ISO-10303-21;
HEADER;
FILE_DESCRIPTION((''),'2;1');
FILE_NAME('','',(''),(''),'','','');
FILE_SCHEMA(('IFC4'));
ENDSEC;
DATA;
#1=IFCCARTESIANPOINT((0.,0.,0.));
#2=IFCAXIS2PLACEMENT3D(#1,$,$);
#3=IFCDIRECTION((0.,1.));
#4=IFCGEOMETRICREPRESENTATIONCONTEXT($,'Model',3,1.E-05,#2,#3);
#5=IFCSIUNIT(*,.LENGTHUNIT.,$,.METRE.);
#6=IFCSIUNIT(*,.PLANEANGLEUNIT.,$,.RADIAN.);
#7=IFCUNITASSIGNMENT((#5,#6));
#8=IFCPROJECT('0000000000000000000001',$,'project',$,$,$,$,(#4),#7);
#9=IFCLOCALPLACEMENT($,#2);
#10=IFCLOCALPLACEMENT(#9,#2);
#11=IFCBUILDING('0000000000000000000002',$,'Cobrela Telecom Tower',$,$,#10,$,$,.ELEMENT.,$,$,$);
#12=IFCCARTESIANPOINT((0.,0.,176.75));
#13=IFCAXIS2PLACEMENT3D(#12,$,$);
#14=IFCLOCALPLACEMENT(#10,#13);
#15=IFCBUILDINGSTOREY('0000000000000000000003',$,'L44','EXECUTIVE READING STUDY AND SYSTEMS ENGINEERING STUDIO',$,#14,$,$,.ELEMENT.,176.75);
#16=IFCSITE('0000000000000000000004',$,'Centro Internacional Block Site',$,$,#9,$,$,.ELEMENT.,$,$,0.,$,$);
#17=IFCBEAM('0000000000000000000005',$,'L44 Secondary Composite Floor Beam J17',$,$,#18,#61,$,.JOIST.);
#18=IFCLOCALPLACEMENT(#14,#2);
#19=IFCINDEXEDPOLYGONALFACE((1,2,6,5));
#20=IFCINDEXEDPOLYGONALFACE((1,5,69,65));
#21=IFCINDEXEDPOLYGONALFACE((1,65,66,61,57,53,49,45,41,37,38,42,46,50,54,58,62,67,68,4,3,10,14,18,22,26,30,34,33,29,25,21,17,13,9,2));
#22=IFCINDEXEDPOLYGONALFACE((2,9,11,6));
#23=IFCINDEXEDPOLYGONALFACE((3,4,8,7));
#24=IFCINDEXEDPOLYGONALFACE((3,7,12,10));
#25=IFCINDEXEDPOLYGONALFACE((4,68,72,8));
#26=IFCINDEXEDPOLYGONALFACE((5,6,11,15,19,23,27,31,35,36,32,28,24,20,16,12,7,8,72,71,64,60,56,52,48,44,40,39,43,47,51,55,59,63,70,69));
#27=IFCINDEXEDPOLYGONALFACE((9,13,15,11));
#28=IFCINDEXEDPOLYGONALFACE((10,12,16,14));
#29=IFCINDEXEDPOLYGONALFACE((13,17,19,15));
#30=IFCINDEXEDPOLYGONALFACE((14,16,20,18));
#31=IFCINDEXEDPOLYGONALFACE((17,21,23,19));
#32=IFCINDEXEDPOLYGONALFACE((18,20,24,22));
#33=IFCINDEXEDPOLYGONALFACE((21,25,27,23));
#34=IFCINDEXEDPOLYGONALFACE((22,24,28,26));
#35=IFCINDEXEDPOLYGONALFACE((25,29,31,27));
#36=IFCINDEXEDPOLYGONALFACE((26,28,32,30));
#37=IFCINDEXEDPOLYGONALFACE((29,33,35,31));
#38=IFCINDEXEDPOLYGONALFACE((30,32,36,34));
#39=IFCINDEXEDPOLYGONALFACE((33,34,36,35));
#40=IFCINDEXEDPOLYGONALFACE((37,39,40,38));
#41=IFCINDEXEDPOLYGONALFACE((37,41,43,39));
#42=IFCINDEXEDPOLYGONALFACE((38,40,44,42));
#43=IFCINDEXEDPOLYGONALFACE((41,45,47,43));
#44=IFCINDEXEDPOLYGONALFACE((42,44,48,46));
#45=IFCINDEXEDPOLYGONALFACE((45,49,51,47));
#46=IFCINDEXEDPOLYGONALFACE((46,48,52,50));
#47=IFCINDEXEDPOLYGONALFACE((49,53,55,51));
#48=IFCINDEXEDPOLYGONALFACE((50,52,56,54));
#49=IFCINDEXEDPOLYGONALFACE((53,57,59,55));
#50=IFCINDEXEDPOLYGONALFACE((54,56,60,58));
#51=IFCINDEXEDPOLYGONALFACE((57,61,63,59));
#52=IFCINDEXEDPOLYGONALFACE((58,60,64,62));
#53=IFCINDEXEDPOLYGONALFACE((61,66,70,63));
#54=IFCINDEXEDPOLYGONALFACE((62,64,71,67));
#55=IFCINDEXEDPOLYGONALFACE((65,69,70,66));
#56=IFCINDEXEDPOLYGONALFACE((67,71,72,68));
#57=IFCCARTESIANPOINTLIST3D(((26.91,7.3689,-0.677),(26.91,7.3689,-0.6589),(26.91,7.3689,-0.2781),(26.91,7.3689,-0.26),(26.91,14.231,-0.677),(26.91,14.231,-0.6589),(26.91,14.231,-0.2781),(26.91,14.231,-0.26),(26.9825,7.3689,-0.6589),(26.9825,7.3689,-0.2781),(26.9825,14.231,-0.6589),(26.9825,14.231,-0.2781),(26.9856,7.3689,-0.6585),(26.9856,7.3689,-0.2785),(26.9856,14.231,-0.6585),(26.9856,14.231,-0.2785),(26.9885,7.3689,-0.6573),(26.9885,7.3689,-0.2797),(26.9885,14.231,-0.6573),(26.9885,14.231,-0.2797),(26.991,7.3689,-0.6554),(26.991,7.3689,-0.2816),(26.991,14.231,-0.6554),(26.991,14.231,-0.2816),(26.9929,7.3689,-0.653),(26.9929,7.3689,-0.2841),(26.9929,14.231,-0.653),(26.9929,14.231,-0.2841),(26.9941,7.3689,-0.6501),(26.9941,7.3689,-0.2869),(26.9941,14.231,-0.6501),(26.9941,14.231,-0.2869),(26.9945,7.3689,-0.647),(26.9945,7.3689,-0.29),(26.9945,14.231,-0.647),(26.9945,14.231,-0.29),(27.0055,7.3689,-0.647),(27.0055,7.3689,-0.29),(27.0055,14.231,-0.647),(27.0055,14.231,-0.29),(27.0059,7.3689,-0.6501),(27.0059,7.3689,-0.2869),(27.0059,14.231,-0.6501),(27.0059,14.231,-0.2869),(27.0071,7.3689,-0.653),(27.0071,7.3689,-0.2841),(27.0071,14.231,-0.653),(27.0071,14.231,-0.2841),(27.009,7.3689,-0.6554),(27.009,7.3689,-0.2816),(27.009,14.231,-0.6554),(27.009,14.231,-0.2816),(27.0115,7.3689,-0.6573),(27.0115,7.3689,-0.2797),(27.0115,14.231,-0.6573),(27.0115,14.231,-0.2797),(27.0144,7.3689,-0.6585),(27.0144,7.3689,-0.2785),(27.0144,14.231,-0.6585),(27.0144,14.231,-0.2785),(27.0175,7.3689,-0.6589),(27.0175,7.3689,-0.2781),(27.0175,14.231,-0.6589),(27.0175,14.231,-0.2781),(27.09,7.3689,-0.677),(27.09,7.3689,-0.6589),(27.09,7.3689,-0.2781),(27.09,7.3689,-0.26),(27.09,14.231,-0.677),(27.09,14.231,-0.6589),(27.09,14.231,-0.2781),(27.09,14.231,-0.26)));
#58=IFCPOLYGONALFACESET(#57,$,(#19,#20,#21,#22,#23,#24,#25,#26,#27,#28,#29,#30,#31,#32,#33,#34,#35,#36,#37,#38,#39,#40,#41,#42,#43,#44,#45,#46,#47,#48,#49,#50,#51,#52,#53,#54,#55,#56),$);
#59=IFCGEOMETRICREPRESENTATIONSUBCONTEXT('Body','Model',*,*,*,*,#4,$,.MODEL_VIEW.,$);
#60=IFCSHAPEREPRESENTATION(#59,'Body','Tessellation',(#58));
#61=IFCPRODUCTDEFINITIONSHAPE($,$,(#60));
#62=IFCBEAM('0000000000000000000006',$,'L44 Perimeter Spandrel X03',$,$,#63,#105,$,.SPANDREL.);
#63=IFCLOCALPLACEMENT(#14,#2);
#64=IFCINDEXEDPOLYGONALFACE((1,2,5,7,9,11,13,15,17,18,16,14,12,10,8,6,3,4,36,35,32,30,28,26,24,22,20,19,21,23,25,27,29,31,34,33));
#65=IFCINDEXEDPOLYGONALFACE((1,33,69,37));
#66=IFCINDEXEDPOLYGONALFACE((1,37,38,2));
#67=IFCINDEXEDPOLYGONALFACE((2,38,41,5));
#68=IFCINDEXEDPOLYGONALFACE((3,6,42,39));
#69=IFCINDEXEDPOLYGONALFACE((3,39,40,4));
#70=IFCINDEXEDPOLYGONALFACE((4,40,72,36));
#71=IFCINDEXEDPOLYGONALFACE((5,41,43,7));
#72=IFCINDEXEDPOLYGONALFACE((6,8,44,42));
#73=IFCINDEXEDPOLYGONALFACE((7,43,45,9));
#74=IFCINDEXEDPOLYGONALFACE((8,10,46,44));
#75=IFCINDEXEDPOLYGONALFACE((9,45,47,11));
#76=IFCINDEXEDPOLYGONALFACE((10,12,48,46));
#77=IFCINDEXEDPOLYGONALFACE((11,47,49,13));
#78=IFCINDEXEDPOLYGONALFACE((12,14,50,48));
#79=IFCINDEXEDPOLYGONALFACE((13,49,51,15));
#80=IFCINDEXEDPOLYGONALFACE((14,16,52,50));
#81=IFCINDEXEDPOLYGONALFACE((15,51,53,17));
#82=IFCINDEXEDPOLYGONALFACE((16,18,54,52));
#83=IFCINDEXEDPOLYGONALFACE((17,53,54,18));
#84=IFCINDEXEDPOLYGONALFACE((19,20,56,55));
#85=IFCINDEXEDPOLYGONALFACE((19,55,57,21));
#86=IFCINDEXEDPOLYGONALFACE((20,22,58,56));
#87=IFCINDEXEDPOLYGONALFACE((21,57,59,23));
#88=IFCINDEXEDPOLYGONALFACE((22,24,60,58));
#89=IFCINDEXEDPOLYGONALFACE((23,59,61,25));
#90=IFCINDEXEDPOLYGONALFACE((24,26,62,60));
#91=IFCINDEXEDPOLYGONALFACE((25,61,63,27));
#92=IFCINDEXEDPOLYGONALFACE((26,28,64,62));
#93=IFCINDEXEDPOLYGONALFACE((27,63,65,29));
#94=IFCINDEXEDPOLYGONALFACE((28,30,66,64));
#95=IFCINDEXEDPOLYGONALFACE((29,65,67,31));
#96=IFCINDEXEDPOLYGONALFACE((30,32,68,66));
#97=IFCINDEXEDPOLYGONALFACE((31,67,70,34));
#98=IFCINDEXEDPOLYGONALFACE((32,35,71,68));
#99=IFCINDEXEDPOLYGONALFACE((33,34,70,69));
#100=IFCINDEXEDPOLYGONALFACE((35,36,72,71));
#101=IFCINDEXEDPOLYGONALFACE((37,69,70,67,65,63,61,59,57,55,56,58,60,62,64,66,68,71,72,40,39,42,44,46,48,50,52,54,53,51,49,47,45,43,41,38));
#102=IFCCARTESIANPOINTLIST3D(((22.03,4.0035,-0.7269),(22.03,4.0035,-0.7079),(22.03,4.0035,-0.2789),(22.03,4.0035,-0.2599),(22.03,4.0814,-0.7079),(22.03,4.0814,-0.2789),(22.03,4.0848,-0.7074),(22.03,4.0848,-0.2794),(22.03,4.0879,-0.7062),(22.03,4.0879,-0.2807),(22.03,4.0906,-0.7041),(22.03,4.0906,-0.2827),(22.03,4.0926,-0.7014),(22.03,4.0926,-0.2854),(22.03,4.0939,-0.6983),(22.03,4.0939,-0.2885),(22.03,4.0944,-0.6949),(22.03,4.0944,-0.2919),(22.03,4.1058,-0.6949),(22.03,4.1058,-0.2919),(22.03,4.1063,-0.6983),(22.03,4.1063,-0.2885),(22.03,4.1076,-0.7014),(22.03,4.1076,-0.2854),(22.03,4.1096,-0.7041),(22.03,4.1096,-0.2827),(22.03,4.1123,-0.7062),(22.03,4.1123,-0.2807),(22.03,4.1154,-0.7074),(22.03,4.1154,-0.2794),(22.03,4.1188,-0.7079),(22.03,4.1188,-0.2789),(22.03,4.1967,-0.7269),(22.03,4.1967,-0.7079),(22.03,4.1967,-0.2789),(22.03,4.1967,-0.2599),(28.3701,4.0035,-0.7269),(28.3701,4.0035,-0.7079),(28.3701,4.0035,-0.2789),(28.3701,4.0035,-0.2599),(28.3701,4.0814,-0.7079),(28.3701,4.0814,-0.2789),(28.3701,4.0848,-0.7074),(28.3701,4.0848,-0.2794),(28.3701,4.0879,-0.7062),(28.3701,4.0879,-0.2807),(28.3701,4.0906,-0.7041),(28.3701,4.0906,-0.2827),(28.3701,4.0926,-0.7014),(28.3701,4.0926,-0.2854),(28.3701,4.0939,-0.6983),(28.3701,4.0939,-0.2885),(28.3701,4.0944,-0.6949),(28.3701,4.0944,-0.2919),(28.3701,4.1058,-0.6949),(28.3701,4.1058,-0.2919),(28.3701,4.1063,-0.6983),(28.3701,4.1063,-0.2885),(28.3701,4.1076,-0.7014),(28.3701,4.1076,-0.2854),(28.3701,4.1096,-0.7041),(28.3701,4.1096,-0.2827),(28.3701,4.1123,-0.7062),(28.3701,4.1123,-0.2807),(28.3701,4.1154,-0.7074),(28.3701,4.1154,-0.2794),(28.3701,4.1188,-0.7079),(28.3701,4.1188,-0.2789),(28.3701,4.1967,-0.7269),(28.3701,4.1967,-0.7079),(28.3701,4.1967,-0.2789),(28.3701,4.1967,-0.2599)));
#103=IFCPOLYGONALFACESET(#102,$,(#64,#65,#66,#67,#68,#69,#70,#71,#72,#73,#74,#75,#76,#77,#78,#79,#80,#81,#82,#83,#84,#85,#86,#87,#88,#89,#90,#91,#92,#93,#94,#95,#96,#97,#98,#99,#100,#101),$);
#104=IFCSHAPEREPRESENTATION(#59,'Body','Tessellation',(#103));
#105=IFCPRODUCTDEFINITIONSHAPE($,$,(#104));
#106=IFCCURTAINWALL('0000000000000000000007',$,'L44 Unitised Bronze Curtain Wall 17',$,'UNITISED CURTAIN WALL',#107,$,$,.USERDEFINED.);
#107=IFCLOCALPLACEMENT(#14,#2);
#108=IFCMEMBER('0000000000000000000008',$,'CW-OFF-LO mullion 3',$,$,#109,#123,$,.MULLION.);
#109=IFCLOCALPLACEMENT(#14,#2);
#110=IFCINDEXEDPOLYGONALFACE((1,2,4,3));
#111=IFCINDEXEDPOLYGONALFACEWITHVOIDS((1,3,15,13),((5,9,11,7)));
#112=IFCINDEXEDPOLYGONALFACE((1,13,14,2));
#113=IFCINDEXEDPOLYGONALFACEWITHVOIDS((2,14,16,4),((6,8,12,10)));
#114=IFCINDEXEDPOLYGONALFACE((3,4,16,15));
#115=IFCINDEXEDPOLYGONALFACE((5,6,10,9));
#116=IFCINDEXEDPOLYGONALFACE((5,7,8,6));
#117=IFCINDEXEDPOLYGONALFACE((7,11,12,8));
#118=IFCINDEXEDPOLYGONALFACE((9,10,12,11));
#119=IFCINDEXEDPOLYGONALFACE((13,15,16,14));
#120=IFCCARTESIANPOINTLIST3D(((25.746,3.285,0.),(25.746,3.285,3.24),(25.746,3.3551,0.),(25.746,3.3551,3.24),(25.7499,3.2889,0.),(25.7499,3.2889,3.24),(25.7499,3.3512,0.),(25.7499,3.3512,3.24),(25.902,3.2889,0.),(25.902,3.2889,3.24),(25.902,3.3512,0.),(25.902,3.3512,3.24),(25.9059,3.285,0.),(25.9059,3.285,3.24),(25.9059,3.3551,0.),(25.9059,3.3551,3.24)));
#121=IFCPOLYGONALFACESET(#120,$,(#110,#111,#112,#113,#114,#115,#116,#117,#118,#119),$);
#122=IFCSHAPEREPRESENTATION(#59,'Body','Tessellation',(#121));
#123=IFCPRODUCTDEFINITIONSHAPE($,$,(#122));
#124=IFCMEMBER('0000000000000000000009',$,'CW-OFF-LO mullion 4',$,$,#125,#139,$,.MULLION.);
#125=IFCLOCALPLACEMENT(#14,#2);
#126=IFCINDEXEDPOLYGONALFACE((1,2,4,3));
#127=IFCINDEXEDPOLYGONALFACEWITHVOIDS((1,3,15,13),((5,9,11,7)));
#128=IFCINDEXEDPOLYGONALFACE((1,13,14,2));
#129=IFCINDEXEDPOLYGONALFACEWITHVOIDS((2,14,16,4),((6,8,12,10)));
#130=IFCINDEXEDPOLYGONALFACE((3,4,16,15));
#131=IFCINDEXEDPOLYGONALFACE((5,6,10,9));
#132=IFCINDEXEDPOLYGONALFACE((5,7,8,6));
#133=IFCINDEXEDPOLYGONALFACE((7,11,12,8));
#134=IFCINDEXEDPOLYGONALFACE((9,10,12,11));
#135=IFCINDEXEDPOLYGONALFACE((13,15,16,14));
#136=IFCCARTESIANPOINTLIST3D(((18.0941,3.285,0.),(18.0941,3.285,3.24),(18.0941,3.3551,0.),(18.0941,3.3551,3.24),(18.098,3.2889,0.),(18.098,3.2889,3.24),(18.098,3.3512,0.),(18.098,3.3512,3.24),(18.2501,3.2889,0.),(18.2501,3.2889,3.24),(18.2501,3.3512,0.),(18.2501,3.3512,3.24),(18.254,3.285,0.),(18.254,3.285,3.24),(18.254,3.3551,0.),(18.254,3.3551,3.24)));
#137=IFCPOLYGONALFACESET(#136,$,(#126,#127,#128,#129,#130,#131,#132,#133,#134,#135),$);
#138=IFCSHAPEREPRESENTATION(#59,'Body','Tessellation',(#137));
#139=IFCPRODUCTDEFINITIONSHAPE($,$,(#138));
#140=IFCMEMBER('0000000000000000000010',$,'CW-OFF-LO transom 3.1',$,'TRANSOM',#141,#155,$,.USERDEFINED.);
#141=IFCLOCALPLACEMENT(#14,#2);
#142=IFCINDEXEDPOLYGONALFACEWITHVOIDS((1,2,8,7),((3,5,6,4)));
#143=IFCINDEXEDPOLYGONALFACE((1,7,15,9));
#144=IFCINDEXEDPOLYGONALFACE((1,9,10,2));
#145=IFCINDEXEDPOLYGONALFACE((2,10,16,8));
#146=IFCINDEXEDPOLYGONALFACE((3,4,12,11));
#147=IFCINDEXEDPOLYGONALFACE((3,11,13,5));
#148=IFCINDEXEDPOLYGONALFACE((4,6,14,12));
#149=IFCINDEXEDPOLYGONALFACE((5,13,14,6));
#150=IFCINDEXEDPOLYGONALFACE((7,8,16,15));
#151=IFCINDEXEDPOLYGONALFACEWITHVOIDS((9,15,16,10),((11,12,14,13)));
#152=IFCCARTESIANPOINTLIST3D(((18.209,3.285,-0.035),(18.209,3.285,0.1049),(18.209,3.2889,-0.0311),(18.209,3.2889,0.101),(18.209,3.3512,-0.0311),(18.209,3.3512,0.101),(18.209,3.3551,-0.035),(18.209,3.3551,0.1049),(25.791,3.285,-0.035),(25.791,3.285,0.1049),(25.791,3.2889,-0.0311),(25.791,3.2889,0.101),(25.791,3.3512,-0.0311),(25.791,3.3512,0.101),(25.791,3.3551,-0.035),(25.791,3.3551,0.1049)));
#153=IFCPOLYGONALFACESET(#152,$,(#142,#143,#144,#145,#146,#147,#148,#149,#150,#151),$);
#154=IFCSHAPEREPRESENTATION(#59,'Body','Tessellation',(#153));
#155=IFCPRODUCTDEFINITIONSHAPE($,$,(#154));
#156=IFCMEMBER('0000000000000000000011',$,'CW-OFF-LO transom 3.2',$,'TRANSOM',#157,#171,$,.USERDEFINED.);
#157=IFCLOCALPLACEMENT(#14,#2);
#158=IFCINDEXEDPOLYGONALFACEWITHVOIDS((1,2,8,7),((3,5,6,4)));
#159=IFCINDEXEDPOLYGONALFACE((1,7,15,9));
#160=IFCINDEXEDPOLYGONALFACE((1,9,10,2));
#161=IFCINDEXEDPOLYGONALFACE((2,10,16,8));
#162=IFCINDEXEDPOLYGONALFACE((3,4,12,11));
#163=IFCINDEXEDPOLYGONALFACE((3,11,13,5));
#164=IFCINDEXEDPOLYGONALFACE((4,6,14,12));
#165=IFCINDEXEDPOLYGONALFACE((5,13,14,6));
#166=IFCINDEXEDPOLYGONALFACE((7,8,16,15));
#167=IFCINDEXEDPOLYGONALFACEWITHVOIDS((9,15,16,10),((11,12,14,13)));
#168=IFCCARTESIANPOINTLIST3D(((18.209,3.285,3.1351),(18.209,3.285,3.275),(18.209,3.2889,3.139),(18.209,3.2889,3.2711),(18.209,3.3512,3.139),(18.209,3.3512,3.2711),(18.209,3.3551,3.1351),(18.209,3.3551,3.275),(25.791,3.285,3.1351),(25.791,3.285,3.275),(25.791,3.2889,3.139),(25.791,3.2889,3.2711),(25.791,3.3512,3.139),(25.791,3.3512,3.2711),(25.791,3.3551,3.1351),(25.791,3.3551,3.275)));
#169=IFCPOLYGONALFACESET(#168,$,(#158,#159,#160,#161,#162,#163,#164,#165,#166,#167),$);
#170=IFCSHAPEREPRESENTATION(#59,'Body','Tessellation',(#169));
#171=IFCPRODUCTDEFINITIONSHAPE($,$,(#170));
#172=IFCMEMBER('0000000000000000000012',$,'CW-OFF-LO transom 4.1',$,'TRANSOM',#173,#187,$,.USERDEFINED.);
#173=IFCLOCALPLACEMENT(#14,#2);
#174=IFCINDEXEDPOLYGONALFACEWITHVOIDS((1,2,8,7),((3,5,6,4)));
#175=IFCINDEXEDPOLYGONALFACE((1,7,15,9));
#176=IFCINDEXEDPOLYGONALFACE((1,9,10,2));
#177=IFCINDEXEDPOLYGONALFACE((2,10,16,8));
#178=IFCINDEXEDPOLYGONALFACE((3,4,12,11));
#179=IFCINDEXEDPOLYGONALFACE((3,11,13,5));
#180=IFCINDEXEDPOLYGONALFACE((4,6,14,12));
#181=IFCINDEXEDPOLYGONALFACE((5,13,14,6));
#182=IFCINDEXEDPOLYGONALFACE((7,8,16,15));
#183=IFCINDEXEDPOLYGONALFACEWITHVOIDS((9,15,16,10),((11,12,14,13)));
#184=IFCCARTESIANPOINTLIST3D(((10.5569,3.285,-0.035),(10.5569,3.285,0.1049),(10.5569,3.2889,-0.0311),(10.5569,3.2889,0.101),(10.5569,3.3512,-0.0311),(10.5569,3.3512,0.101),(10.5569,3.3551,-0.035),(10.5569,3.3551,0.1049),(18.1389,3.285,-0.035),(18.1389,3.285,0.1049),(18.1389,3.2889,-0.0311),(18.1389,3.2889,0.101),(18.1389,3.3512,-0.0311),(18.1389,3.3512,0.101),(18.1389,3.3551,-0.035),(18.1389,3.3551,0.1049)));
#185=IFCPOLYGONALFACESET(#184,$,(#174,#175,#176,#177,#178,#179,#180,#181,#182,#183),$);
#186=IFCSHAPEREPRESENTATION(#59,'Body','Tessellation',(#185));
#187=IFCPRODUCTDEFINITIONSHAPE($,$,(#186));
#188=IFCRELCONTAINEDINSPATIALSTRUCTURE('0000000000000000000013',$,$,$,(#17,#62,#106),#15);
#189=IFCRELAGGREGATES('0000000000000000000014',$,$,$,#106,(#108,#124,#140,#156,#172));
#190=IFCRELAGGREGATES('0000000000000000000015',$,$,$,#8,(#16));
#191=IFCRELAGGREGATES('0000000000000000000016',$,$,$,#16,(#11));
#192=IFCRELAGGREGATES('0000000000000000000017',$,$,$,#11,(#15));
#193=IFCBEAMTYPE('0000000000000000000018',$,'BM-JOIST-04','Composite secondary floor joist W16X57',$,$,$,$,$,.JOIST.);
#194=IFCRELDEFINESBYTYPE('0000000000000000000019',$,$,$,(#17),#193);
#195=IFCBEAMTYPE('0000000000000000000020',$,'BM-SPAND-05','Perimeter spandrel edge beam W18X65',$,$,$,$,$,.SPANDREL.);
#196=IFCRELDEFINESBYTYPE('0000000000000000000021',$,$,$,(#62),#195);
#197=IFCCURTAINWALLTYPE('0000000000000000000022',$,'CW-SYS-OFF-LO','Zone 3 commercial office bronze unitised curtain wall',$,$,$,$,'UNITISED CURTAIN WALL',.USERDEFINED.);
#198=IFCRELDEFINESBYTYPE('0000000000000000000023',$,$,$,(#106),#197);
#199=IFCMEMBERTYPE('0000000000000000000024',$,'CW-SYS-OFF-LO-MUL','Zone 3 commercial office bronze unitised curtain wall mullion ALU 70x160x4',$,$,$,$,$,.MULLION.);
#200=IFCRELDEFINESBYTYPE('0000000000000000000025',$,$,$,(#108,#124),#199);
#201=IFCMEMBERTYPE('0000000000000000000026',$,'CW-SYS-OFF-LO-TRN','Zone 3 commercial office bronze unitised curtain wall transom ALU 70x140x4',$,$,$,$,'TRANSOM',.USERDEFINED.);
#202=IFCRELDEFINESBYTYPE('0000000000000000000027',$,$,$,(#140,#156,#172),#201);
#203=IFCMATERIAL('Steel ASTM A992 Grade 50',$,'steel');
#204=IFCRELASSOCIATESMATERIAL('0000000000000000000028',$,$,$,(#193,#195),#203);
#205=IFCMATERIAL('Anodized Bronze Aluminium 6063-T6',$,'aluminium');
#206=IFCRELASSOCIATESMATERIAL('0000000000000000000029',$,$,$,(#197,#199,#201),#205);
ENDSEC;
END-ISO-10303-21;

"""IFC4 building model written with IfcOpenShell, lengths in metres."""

from ifc_helpers import new_model, si_unit, direction, frame, origin, origin_2d, place, context, subcontext, project, spatial, hollow_rectangle, i_section, extrude, material, material_profile, profile_set, type_object, element, aggregate, save


model = new_model("IFC4")

# Units and contexts
model_context = context("Model", 3, precision=1e-05, world=origin(), true_north=direction((0.0, 1.0)))
body_context = subcontext(model_context, "Body", "Model", "MODEL_VIEW")
ifc_project = project(units=[si_unit("LENGTHUNIT", "METRE"), si_unit("PLANEANGLEUNIT", "RADIAN")], contexts=[model_context])

# Site, building, storey
site_placement = place(None, origin())
site = spatial("IfcSite", under=ifc_project, at=site_placement, Name="Centro Internacional Block Site", CompositionType="ELEMENT", RefElevation=0.0)
building_placement = place(site_placement, origin())
building = spatial("IfcBuilding", under=site, at=building_placement, Name="Cobrela Telecom Tower", CompositionType="ELEMENT")
storey_placement = place(building_placement, frame((0.0, 0.0, 176.75)))
storey = spatial("IfcBuildingStorey", under=building, at=storey_placement, Name="L44", Description="EXECUTIVE READING STUDY AND SYSTEMS ENGINEERING STUDIO", CompositionType="ELEMENT", Elevation=176.75)

# Shared definitions
ifc_material_1 = material(Name="Steel ASTM A992 Grade 50", Category="steel")

# Beams
ifc_material_profile_1 = material_profile(ifc_material_1, i_section(OverallWidth=0.1799, OverallDepth=0.417, WebThickness=0.011, FlangeThickness=0.0181, FilletRadius=0.012, at=origin_2d()), Name="W16X57")
ifc_profile_set_1 = profile_set([ifc_material_profile_1], Name="Steel ASTM A992 Grade 50")
beam_type_1 = type_object("IfcBeamType", Name="BM-JOIST-04", Description="Composite secondary floor joist W16X57", PredefinedType="JOIST", material=ifc_profile_set_1)
for number, where, z_axis, x_axis, name in (
    (1, (27.0, 7.3689, -0.4685), (0.0, 1.0, 0.0), (-1.0, 0.0, 0.0), "L44 Secondary Composite Floor Beam J17"),
):
    element("IfcBeam", number, at=place(storey_placement, frame(where, z_axis=z_axis, x_axis=x_axis)), inside=storey, type_object=beam_type_1, Name=name, PredefinedType="JOIST", context=body_context, shape_type="SweptSolid", body=[
        extrude(i_section(OverallWidth=0.1799, OverallDepth=0.417, WebThickness=0.011, FlangeThickness=0.0181, FilletRadius=0.012, at=origin_2d()), origin(), (0.0, 0.0, 1.0), 6.8621),
    ])
ifc_material_profile_2 = material_profile(ifc_material_1, i_section(OverallWidth=0.1931, OverallDepth=0.467, WebThickness=0.0115, FlangeThickness=0.019, FilletRadius=0.0129, at=origin_2d()), Name="W18X65")
ifc_profile_set_2 = profile_set([ifc_material_profile_2], Name="Steel ASTM A992 Grade 50")
beam_type_2 = type_object("IfcBeamType", Name="BM-SPAND-05", Description="Perimeter spandrel edge beam W18X65", PredefinedType="SPANDREL", material=ifc_profile_set_2)
beam_1_placement = place(storey_placement, frame((22.03, 4.1001, -0.4934), z_axis=(1.0, 0.0, 0.0), x_axis=(0.0, 1.0, 0.0)))
element("IfcBeam", 2, at=beam_1_placement, inside=storey, type_object=beam_type_2, Name="L44 Perimeter Spandrel X03", PredefinedType="SPANDREL", context=body_context, shape_type="SweptSolid", body=[
    extrude(i_section(OverallWidth=0.1931, OverallDepth=0.467, WebThickness=0.0115, FlangeThickness=0.019, FilletRadius=0.0129, at=origin_2d()), origin(), (0.0, 0.0, 1.0), 6.3401),
])

# Curtain wall, members
ifc_material_2 = material(Name="Anodized Bronze Aluminium 6063-T6", Category="aluminium")
curtain_wall_type = type_object("IfcCurtainWallType", Name="CW-SYS-OFF-LO", Description="Zone 3 commercial office bronze unitised curtain wall", ElementType="UNITISED CURTAIN WALL", PredefinedType="USERDEFINED", material=ifc_material_2)
curtain_wall_placement = place(storey_placement, origin())
curtain_wall = element("IfcCurtainWall", 3, at=curtain_wall_placement, inside=storey, type_object=curtain_wall_type, Name="L44 Unitised Bronze Curtain Wall 17", ObjectType="UNITISED CURTAIN WALL", PredefinedType="USERDEFINED")
ifc_material_profile_3 = material_profile(ifc_material_2, hollow_rectangle(XDim=0.0701, YDim=0.1599, WallThickness=0.0039, at=origin_2d()), Name="ALU 70x160x4")
ifc_profile_set_3 = profile_set([ifc_material_profile_3], Name="Anodized Bronze Aluminium 6063-T6")
member_type_1 = type_object("IfcMemberType", Name="CW-SYS-OFF-LO-MUL", Description="Zone 3 commercial office bronze unitised curtain wall mullion ALU 70x160x4", PredefinedType="MULLION", material=ifc_profile_set_3)
member_1_placement = place(storey_placement, frame((25.8259, 3.3201, 0.0), z_axis=(0.0, 0.0, 1.0), x_axis=(0.0, -1.0, 0.0)))
member_1 = element("IfcMember", 4, at=member_1_placement, type_object=member_type_1, Name="CW-OFF-LO mullion 3", PredefinedType="MULLION", context=body_context, shape_type="SweptSolid", body=[
    extrude(hollow_rectangle(XDim=0.0701, YDim=0.1599, WallThickness=0.0039, at=origin_2d()), origin(), (0.0, 0.0, 1.0), 3.24),
])
member_2_placement = place(storey_placement, frame((18.1741, 3.3201, 0.0), z_axis=(0.0, 0.0, 1.0), x_axis=(0.0, -1.0, 0.0)))
member_2 = element("IfcMember", 5, at=member_2_placement, type_object=member_type_1, Name="CW-OFF-LO mullion 4", PredefinedType="MULLION", context=body_context, shape_type="SweptSolid", body=[
    extrude(hollow_rectangle(XDim=0.0701, YDim=0.1599, WallThickness=0.0039, at=origin_2d()), origin(), (0.0, 0.0, 1.0), 3.24),
])
ifc_material_profile_4 = material_profile(ifc_material_2, hollow_rectangle(XDim=0.0701, YDim=0.1399, WallThickness=0.0039, at=origin_2d()), Name="ALU 70x140x4")
ifc_profile_set_4 = profile_set([ifc_material_profile_4], Name="Anodized Bronze Aluminium 6063-T6")
member_type_2 = type_object("IfcMemberType", Name="CW-SYS-OFF-LO-TRN", Description="Zone 3 commercial office bronze unitised curtain wall transom ALU 70x140x4", ElementType="TRANSOM", PredefinedType="USERDEFINED", material=ifc_profile_set_4)
member_3_placement = place(storey_placement, frame((25.791, 3.3201, 0.0349), z_axis=(-1.0, 0.0, 0.0), x_axis=(0.0, -1.0, 0.0)))
member_3 = element("IfcMember", 6, at=member_3_placement, type_object=member_type_2, Name="CW-OFF-LO transom 3.1", ObjectType="TRANSOM", PredefinedType="USERDEFINED", context=body_context, shape_type="SweptSolid", body=[
    extrude(hollow_rectangle(XDim=0.0701, YDim=0.1399, WallThickness=0.0039, at=origin_2d()), origin(), (0.0, 0.0, 1.0), 7.582),
])
member_4_placement = place(storey_placement, frame((25.791, 3.3201, 3.2051), z_axis=(-1.0, 0.0, 0.0), x_axis=(0.0, -1.0, 0.0)))
member_4 = element("IfcMember", 7, at=member_4_placement, type_object=member_type_2, Name="CW-OFF-LO transom 3.2", ObjectType="TRANSOM", PredefinedType="USERDEFINED", context=body_context, shape_type="SweptSolid", body=[
    extrude(hollow_rectangle(XDim=0.0701, YDim=0.1399, WallThickness=0.0039, at=origin_2d()), origin(), (0.0, 0.0, 1.0), 7.582),
])
member_5_placement = place(storey_placement, frame((18.1389, 3.3201, 0.0349), z_axis=(-1.0, 0.0, 0.0), x_axis=(0.0, -1.0, 0.0)))
member_5 = element("IfcMember", 8, at=member_5_placement, type_object=member_type_2, Name="CW-OFF-LO transom 4.1", ObjectType="TRANSOM", PredefinedType="USERDEFINED", context=body_context, shape_type="SweptSolid", body=[
    extrude(hollow_rectangle(XDim=0.0701, YDim=0.1399, WallThickness=0.0039, at=origin_2d()), origin(), (0.0, 0.0, 1.0), 7.582),
])
aggregate(curtain_wall, [member_1, member_2, member_3, member_4, member_5])

save(model, "model.ifc")
